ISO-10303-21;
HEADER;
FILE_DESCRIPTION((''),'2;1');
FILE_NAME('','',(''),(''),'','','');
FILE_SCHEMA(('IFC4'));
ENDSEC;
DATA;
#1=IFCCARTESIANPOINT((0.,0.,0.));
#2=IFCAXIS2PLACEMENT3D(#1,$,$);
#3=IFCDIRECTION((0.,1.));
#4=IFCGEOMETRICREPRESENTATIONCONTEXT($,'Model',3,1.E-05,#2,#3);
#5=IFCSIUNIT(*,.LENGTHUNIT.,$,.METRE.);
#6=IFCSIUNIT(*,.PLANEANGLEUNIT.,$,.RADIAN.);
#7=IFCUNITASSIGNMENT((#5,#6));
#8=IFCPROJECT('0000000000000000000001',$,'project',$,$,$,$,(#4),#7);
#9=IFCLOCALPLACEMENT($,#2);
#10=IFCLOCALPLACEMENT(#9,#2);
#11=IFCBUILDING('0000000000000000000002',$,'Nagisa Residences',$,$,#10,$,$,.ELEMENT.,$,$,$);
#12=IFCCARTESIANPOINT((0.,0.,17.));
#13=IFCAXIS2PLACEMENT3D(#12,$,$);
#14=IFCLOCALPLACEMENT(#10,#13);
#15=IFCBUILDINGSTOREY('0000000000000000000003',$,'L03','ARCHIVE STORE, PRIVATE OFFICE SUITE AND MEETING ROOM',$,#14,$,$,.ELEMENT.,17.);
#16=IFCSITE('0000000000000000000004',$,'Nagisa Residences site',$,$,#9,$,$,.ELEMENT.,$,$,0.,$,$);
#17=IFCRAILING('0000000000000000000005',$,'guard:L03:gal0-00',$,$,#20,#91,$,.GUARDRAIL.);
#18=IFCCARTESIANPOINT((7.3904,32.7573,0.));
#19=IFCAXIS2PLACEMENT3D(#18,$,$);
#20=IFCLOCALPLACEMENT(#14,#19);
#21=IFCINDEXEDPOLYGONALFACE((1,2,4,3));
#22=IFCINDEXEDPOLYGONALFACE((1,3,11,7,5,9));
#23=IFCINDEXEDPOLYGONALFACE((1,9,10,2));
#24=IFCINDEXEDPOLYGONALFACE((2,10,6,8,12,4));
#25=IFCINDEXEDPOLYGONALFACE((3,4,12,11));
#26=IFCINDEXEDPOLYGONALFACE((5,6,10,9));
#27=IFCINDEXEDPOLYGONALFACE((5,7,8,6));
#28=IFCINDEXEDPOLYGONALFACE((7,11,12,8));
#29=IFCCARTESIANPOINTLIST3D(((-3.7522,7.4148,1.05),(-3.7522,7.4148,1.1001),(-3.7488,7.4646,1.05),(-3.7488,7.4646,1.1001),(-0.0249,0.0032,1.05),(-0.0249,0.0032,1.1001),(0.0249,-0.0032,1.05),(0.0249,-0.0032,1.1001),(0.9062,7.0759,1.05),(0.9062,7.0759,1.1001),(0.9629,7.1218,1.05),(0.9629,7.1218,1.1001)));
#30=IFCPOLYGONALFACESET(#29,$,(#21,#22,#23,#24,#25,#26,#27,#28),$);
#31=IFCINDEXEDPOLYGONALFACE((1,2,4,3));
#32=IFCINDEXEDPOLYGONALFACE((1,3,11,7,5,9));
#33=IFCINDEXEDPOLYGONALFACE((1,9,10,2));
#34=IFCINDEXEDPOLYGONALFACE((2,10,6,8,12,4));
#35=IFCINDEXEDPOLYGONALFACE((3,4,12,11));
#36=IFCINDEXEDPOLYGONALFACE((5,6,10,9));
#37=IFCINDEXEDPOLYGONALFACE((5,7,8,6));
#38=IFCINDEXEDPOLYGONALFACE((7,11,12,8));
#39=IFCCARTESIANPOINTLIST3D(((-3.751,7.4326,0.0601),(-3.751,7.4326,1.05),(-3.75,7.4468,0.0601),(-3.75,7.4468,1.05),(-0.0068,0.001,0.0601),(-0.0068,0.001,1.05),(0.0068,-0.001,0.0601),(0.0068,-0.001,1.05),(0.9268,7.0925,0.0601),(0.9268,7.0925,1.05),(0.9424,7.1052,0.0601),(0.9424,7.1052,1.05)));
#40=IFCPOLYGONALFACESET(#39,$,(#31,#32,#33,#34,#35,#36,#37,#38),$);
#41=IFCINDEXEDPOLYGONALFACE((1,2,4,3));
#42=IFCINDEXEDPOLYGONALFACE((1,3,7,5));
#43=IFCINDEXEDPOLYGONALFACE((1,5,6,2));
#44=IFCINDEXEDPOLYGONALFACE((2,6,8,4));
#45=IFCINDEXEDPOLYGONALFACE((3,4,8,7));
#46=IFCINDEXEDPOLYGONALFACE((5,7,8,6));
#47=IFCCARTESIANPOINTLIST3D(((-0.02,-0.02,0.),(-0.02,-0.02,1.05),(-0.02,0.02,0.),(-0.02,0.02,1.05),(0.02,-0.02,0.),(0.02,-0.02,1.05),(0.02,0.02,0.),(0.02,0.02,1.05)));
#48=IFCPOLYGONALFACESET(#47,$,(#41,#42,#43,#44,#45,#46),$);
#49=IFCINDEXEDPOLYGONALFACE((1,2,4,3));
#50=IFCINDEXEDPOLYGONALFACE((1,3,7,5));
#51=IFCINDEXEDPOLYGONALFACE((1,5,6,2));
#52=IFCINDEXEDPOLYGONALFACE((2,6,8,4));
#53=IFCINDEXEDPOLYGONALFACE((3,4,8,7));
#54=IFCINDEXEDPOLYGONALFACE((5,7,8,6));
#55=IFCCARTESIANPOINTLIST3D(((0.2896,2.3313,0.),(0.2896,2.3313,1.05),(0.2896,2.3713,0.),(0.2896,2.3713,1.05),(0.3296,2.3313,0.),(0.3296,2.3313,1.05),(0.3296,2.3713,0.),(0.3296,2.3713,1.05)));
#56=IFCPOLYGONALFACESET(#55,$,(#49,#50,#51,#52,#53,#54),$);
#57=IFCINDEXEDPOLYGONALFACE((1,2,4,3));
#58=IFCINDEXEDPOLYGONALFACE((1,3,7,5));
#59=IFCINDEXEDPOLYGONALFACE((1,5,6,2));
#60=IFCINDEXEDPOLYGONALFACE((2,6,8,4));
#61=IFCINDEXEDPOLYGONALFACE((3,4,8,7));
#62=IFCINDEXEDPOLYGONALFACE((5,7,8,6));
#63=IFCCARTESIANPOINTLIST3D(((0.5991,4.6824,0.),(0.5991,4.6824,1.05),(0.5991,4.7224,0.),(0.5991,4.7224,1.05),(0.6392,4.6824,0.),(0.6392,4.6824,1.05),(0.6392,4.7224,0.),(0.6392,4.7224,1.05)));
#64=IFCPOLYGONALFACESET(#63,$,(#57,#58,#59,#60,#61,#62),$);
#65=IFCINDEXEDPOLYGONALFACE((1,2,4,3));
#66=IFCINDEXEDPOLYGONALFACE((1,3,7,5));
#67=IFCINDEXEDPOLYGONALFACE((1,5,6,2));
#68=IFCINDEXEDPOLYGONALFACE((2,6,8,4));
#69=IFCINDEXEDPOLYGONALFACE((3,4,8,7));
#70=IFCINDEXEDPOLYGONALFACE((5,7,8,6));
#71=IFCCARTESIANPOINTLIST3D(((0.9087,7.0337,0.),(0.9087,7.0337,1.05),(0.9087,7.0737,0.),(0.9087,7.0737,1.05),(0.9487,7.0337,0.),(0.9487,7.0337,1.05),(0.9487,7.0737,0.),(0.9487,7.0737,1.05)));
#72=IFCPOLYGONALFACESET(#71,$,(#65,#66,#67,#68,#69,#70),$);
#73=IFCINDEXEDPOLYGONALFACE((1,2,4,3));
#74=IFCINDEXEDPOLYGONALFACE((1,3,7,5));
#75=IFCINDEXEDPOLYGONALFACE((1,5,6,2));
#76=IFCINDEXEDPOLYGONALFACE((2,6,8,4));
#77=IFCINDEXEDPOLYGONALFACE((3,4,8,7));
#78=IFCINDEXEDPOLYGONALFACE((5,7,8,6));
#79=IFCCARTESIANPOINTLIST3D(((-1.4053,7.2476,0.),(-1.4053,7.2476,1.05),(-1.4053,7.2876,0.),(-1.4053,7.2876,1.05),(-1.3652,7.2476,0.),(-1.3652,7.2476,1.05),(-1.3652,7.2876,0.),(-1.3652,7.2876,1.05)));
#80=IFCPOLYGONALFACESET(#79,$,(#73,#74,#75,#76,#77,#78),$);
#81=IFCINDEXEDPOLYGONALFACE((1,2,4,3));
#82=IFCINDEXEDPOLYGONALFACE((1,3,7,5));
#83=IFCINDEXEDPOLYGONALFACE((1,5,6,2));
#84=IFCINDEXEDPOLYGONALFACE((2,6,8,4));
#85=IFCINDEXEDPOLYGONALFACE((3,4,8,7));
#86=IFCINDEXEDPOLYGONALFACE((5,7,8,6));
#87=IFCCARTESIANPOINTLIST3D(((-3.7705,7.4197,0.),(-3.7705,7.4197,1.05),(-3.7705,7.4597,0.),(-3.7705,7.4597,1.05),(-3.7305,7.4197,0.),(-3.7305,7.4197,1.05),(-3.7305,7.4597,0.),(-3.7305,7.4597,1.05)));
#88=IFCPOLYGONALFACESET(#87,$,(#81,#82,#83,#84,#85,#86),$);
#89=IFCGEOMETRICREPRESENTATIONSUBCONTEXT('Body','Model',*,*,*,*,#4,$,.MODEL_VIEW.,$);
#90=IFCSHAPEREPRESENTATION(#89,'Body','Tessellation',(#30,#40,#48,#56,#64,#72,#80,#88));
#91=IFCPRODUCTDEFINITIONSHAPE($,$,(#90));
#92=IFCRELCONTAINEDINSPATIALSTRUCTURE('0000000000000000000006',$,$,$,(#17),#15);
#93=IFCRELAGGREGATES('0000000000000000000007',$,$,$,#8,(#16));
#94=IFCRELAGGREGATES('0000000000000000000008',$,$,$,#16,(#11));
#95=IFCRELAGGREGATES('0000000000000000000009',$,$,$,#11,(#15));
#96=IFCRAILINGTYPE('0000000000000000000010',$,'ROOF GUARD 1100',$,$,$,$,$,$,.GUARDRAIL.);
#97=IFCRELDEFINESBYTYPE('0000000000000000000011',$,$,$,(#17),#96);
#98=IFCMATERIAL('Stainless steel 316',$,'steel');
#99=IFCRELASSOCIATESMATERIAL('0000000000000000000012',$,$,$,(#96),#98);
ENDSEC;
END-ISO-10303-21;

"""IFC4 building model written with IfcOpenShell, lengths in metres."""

from ifc_helpers import new_model, si_unit, direction, frame, origin, origin_2d, place, context, subcontext, project, spatial, polyline, rectangle, outline, extrude, material, type_object, element, save


model = new_model("IFC4")

# Units and contexts
model_context = context("Model", 3, precision=1e-05, world=origin(), true_north=direction((0.0, 1.0)))
body_context = subcontext(model_context, "Body", "Model", "MODEL_VIEW")
ifc_project = project(units=[si_unit("LENGTHUNIT", "METRE"), si_unit("PLANEANGLEUNIT", "RADIAN")], contexts=[model_context])

# Site, building, storey
site_placement = place(None, origin())
site = spatial("IfcSite", under=ifc_project, at=site_placement, Name="Nagisa Residences site", CompositionType="ELEMENT", RefElevation=0.0)
building_placement = place(site_placement, origin())
building = spatial("IfcBuilding", under=site, at=building_placement, Name="Nagisa Residences", CompositionType="ELEMENT")
storey_placement = place(building_placement, frame((0.0, 0.0, 17.0)))
storey = spatial("IfcBuildingStorey", under=building, at=storey_placement, Name="L03", Description="ARCHIVE STORE, PRIVATE OFFICE SUITE AND MEETING ROOM", CompositionType="ELEMENT", Elevation=17.0)

# Railing
ifc_material_1 = material(Name="Stainless steel 316", Category="steel")
railing_type = type_object("IfcRailingType", Name="ROOF GUARD 1100", PredefinedType="GUARDRAIL", material=ifc_material_1)
railing_1_placement = place(storey_placement, frame((7.3904, 32.7573, 0.0)))
element("IfcRailing", 1, at=railing_1_placement, inside=storey, type_object=railing_type, Name="guard:L03:gal0-00", PredefinedType="GUARDRAIL", context=body_context, shape_type="SweptSolid", body=[
    extrude(outline(polyline([(0.9062, 7.0759), (-0.0249, 0.0032), (0.0249, -0.0032), (0.9629, 7.1218), (-3.7488, 7.4646), (-3.7522, 7.4148), (0.9062, 7.0759)])), frame((0.0, 0.0, 1.05)), (0.0, 0.0, 1.0), 0.05),
    extrude(outline(polyline([(0.9268, 7.0925), (-0.0068, 0.001), (0.0068, -0.001), (0.9424, 7.1052), (-3.75, 7.4468), (-3.751, 7.4326), (0.9268, 7.0925)])), frame((0.0, 0.0, 0.0601)), (0.0, 0.0, 1.0), 0.99),
    extrude(rectangle(XDim=0.04, YDim=0.04, at=origin_2d()), origin(), (0.0, 0.0, 1.0), 1.05),
    extrude(rectangle(XDim=0.04, YDim=0.04, at=origin_2d()), frame((0.3096, 2.3513, 0.0)), (0.0, 0.0, 1.0), 1.05),
    extrude(rectangle(XDim=0.04, YDim=0.04, at=origin_2d()), frame((0.6191, 4.7024, 0.0)), (0.0, 0.0, 1.0), 1.05),
    extrude(rectangle(XDim=0.04, YDim=0.04, at=origin_2d()), frame((0.9287, 7.0537, 0.0)), (0.0, 0.0, 1.0), 1.05),
    extrude(rectangle(XDim=0.04, YDim=0.04, at=origin_2d()), frame((-1.3853, 7.2676, 0.0)), (0.0, 0.0, 1.0), 1.05),
    extrude(rectangle(XDim=0.04, YDim=0.04, at=origin_2d()), frame((-3.7505, 7.4397, 0.0)), (0.0, 0.0, 1.0), 1.05),
])

save(model, "model.ifc")
